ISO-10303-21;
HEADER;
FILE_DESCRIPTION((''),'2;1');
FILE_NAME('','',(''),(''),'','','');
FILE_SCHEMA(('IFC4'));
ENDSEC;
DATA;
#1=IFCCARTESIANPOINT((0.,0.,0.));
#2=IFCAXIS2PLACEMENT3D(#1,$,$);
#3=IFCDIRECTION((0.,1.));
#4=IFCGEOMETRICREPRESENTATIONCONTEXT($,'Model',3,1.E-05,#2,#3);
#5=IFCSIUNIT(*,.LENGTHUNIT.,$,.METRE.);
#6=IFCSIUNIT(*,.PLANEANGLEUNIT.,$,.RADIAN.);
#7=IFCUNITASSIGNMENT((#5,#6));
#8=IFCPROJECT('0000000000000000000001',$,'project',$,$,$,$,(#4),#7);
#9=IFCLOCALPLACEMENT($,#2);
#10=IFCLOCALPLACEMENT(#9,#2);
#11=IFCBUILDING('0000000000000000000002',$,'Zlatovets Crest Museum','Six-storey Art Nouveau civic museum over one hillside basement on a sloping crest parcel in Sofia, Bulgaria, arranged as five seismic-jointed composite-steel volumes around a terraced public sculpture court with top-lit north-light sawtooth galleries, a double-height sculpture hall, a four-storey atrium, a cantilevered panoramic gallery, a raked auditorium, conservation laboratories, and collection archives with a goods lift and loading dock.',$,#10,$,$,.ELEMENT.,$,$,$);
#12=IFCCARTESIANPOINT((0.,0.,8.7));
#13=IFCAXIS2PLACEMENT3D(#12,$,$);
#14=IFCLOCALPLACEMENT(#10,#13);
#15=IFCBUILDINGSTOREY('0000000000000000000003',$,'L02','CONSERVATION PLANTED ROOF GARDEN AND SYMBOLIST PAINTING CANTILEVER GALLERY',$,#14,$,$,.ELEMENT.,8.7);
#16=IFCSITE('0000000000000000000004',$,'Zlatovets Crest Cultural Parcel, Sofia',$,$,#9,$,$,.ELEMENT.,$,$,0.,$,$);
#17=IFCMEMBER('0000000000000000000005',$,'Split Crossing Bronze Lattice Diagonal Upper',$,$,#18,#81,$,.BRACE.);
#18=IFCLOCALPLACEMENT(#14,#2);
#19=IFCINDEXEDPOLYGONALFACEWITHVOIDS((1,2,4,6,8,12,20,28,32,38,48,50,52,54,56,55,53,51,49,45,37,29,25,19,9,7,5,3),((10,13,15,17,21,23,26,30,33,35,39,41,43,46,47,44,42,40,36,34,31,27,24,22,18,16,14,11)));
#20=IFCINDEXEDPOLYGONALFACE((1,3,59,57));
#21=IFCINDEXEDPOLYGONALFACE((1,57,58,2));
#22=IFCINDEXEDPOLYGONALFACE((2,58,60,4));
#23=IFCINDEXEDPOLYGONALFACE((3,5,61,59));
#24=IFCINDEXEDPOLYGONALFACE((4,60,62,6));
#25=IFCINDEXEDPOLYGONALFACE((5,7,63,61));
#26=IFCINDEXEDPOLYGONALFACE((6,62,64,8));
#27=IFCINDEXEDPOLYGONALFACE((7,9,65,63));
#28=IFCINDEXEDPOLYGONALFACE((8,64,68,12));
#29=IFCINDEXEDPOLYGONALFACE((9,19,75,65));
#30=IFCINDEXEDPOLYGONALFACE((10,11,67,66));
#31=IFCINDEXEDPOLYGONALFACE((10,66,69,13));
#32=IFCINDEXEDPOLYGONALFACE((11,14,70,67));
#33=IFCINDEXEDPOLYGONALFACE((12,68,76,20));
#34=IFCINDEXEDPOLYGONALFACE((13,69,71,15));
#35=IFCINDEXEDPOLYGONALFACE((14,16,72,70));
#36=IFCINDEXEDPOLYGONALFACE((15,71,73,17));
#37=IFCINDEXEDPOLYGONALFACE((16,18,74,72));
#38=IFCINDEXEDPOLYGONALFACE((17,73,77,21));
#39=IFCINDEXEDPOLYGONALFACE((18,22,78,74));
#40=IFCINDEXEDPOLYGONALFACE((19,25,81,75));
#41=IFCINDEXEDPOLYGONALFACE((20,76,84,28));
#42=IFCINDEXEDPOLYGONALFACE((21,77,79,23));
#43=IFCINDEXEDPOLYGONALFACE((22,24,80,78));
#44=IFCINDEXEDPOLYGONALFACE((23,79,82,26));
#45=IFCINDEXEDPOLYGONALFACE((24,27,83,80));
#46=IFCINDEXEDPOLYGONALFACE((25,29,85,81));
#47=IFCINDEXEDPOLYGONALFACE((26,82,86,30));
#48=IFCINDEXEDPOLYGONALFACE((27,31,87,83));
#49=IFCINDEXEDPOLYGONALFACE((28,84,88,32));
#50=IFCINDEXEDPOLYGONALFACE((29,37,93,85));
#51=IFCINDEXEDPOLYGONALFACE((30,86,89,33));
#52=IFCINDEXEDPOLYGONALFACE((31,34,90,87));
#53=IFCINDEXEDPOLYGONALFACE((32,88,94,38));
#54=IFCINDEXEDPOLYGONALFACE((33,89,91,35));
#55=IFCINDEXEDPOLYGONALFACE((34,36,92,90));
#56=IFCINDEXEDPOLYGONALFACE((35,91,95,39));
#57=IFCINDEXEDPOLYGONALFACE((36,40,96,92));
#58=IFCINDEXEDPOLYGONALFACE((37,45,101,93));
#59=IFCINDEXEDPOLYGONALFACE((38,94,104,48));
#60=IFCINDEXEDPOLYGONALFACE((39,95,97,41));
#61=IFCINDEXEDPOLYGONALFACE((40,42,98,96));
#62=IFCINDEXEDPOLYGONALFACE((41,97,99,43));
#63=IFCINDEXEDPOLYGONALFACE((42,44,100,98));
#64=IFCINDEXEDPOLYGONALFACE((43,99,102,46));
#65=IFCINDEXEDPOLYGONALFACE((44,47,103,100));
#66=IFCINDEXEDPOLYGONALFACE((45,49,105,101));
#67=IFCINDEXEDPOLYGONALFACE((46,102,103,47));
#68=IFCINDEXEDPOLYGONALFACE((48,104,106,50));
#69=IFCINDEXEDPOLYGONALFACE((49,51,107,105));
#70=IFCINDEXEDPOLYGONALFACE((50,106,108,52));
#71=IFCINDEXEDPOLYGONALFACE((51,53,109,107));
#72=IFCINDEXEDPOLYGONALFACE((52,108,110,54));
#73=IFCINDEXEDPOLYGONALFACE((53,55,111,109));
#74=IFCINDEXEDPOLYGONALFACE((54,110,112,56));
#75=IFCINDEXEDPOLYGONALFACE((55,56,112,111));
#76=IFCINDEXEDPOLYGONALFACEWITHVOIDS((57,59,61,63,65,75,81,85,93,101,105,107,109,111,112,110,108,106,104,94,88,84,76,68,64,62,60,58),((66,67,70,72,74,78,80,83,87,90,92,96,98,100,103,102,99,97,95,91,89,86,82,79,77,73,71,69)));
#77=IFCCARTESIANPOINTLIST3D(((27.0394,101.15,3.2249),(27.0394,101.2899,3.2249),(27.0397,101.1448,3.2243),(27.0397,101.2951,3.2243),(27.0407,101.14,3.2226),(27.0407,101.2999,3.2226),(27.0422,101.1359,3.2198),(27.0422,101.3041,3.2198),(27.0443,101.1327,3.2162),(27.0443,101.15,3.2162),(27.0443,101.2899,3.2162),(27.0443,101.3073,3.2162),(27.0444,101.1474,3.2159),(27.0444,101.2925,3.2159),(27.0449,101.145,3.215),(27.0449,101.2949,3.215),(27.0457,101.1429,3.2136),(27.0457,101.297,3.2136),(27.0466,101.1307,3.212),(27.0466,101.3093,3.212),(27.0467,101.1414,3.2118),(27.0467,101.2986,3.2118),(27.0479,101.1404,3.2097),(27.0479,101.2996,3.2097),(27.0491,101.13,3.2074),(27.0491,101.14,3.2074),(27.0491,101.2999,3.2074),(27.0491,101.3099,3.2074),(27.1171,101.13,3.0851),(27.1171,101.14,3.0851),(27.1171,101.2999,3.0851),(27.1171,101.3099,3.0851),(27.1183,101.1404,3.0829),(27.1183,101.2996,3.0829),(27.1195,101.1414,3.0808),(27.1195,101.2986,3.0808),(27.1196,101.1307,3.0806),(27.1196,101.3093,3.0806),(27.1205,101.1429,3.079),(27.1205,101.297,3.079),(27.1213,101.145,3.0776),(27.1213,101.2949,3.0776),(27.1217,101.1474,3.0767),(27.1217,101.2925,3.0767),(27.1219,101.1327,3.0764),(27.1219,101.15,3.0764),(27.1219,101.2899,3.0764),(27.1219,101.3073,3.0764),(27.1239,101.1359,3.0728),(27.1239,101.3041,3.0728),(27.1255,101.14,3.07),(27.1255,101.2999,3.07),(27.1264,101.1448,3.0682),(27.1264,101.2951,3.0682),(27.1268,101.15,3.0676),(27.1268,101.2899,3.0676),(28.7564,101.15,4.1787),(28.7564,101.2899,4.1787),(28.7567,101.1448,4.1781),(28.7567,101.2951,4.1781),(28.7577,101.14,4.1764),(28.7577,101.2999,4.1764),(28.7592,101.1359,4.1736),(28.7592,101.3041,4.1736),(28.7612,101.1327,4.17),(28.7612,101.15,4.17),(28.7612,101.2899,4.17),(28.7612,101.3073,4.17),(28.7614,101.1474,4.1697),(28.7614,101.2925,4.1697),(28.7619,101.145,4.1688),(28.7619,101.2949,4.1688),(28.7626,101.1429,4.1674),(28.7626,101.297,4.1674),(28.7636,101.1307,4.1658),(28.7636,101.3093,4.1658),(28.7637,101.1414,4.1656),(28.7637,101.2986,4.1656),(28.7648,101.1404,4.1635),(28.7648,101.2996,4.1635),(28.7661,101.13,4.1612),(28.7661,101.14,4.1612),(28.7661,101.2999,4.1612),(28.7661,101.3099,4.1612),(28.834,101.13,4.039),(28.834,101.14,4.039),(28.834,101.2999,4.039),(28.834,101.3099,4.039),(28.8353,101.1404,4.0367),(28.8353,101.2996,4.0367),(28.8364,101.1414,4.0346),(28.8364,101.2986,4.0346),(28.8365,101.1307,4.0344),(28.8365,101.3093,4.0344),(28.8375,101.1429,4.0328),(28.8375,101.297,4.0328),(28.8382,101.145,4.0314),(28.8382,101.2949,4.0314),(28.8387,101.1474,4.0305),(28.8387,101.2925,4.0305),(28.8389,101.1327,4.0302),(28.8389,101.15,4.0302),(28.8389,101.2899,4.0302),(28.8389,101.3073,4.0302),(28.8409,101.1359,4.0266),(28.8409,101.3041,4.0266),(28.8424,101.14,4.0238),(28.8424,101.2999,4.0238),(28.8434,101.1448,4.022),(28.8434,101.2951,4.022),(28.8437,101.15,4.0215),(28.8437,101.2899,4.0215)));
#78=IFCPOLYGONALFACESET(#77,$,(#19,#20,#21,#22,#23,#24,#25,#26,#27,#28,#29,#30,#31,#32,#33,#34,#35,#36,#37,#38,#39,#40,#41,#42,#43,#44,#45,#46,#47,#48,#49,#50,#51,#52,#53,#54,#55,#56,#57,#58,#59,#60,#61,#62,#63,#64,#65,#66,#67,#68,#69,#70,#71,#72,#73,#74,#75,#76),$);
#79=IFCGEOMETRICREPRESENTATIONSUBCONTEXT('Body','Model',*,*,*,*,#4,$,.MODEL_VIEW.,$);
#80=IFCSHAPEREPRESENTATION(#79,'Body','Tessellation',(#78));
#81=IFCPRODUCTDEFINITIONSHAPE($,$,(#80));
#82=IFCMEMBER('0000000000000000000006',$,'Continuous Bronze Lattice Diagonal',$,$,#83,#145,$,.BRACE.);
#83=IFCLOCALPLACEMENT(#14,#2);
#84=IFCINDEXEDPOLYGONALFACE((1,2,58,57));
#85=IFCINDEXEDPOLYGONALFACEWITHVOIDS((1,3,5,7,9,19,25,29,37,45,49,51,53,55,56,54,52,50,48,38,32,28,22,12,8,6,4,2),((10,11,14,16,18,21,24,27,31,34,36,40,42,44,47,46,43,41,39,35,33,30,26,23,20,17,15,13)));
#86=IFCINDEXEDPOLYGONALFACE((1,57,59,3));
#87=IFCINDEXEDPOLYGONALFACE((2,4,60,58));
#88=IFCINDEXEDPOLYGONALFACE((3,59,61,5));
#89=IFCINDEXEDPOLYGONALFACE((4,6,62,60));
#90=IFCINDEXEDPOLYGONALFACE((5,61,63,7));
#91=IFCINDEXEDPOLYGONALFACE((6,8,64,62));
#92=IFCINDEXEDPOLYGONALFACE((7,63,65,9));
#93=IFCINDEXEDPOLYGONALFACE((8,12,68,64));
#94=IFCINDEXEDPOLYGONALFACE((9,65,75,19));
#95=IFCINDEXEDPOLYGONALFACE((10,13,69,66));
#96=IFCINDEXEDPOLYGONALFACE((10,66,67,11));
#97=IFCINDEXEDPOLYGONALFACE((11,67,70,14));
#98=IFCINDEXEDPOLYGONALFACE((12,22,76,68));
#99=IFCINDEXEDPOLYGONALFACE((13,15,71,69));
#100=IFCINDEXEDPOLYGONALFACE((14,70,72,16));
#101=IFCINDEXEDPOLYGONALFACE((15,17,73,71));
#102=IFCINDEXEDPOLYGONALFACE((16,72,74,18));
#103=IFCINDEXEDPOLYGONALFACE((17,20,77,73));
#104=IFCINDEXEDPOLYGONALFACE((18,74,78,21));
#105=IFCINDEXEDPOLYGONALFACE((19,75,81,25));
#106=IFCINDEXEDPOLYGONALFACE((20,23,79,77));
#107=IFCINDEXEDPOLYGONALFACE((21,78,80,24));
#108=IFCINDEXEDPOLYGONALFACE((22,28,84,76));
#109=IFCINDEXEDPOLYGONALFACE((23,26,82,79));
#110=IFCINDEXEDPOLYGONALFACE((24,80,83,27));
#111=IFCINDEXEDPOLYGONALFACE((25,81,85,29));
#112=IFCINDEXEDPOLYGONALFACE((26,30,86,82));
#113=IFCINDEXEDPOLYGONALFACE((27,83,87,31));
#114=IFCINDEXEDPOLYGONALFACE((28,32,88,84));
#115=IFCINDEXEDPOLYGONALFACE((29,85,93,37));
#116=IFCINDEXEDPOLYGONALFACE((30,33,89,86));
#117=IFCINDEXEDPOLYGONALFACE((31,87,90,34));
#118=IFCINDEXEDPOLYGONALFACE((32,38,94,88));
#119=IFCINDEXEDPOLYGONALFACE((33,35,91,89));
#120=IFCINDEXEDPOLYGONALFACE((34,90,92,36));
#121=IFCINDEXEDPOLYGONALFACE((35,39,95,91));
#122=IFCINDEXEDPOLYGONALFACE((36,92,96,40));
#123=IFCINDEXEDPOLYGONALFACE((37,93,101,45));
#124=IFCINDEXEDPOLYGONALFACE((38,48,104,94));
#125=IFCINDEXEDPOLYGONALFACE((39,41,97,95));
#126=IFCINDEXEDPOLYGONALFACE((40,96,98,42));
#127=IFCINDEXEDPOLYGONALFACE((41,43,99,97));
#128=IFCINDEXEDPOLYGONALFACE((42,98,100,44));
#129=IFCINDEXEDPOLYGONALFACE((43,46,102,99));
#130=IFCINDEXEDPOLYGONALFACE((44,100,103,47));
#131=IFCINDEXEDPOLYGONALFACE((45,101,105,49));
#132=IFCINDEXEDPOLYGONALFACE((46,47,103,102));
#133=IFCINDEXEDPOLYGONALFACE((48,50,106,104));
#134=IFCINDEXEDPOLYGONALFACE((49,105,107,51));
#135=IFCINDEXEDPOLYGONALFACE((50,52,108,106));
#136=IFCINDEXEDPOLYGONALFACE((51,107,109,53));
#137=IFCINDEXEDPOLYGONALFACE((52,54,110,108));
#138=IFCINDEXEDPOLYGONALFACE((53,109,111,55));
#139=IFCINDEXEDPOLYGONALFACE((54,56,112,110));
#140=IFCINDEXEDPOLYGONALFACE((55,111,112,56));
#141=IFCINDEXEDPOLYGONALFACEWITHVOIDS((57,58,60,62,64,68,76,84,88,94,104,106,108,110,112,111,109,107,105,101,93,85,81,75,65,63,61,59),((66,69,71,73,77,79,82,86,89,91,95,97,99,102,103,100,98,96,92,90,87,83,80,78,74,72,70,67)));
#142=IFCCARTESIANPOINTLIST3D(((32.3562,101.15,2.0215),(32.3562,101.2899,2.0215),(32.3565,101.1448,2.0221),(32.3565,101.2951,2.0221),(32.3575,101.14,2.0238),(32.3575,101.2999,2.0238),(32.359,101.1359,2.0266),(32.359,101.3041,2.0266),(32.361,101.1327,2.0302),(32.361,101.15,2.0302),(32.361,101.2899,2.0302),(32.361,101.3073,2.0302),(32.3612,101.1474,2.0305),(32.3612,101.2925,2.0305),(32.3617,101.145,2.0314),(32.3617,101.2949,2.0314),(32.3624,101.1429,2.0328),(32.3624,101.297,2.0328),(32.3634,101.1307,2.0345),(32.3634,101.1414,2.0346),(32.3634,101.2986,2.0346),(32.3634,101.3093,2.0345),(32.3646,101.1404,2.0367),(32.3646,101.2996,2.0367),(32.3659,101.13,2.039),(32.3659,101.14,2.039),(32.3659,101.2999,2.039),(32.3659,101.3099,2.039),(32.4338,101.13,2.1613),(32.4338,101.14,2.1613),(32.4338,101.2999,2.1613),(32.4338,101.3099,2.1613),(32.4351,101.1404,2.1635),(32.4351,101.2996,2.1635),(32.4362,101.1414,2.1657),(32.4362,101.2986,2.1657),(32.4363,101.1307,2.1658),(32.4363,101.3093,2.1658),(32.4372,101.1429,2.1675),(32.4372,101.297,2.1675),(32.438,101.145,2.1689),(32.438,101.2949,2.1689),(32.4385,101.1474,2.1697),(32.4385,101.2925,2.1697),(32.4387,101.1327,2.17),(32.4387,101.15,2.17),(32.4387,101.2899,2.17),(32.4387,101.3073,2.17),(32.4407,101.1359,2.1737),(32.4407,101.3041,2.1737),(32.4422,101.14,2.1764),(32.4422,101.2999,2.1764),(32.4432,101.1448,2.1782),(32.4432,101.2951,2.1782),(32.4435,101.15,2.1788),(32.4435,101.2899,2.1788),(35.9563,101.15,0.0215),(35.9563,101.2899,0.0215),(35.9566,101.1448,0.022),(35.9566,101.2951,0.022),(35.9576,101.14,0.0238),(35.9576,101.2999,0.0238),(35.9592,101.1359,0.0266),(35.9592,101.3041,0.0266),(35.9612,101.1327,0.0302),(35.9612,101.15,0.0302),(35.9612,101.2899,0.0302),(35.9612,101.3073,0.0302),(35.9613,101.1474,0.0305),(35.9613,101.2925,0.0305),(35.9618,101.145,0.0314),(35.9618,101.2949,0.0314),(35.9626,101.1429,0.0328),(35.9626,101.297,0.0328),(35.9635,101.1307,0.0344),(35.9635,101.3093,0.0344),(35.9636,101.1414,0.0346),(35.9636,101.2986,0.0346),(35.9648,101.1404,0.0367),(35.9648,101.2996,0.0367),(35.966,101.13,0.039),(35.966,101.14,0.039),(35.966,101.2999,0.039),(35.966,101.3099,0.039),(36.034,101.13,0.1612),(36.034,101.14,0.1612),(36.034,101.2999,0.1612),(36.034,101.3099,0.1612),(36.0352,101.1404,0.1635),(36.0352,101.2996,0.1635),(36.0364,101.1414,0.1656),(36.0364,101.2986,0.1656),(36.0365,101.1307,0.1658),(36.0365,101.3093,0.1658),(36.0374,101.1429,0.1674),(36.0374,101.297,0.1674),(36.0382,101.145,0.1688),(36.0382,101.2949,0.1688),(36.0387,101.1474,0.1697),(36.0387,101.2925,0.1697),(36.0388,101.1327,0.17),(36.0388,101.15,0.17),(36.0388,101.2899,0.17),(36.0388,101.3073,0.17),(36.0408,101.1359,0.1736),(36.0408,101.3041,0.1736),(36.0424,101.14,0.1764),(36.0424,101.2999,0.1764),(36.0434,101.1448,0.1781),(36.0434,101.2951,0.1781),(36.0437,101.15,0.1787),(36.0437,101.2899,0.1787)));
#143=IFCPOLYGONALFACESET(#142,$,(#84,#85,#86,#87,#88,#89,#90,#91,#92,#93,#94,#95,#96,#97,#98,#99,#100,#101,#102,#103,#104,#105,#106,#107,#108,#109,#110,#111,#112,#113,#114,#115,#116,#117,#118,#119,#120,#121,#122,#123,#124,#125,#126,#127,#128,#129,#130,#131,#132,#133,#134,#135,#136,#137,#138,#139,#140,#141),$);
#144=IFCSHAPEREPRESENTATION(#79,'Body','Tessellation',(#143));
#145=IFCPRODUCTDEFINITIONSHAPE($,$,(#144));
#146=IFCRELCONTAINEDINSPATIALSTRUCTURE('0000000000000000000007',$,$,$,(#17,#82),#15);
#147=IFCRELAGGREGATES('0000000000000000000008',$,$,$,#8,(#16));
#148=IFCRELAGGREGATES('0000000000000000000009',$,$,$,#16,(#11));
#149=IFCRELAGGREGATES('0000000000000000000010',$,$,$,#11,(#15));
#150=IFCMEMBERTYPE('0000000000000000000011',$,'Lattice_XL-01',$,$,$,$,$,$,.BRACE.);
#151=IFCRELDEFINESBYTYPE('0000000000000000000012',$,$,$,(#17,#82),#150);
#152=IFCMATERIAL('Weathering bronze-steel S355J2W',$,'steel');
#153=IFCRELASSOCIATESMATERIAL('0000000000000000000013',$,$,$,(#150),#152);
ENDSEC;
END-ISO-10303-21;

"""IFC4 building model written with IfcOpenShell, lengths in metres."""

from ifc_helpers import new_model, si_unit, direction, frame, origin, origin_2d, place, context, subcontext, project, spatial, hollow_rectangle, extrude, material, material_profile, profile_set, type_object, element, save


model = new_model("IFC4")

# Units and contexts
model_context = context("Model", 3, precision=1e-05, world=origin(), true_north=direction((0.0, 1.0)))
body_context = subcontext(model_context, "Body", "Model", "MODEL_VIEW")
ifc_project = project(units=[si_unit("LENGTHUNIT", "METRE"), si_unit("PLANEANGLEUNIT", "RADIAN")], contexts=[model_context])

# Site, building, storey
site_placement = place(None, origin())
site = spatial("IfcSite", under=ifc_project, at=site_placement, Name="Zlatovets Crest Cultural Parcel, Sofia", CompositionType="ELEMENT", RefElevation=0.0)
building_placement = place(site_placement, origin())
building = spatial("IfcBuilding", under=site, at=building_placement, Name="Zlatovets Crest Museum", Description="Six-storey Art Nouveau civic museum over one hillside basement on a sloping crest parcel in Sofia, Bulgaria, arranged as five seismic-jointed composite-steel volumes around a terraced public sculpture court with top-lit north-light sawtooth galleries, a double-height sculpture hall, a four-storey atrium, a cantilevered panoramic gallery, a raked auditorium, conservation laboratories, and collection archives with a goods lift and loading dock.", CompositionType="ELEMENT")
storey_placement = place(building_placement, frame((0.0, 0.0, 8.7)))
storey = spatial("IfcBuildingStorey", under=building, at=storey_placement, Name="L02", Description="CONSERVATION PLANTED ROOF GARDEN AND SYMBOLIST PAINTING CANTILEVER GALLERY", CompositionType="ELEMENT", Elevation=8.7)

# Members
ifc_material_1 = material(Name="Weathering bronze-steel S355J2W", Category="steel")
ifc_material_profile_1 = material_profile(ifc_material_1, hollow_rectangle(XDim=0.1799, YDim=0.1799, WallThickness=0.01, InnerFilletRadius=0.01, OuterFilletRadius=0.02, at=origin_2d()), Name="SHS 180x180x10.0")
ifc_profile_set_1 = profile_set([ifc_material_profile_1], Name="Weathering bronze-steel S355J2W")
member_type_1 = type_object("IfcMemberType", Name="Lattice_XL-01", PredefinedType="BRACE", material=ifc_profile_set_1)
member_1_placement = place(storey_placement, frame((28.8, 101.22, 4.1001), z_axis=(-0.874169, 0.0, -0.485622), x_axis=(0.0, -1.0, 0.0)))
element("IfcMember", 1, at=member_1_placement, inside=storey, type_object=member_type_1, Name="Split Crossing Bronze Lattice Diagonal Upper", PredefinedType="BRACE", context=body_context, shape_type="SweptSolid", body=[
    extrude(hollow_rectangle(XDim=0.1799, YDim=0.1799, WallThickness=0.01, InnerFilletRadius=0.01, OuterFilletRadius=0.02, at=origin_2d()), origin(), (0.0, 0.0, 1.0), 1.9641),
])
member_2_placement = place(storey_placement, frame((36.0, 101.22, 0.1001), z_axis=(-0.874163, 0.0, 0.485633), x_axis=(0.0, -1.0, 0.0)))
element("IfcMember", 2, at=member_2_placement, inside=storey, type_object=member_type_1, Name="Continuous Bronze Lattice Diagonal", PredefinedType="BRACE", context=body_context, shape_type="SweptSolid", body=[
    extrude(hollow_rectangle(XDim=0.1799, YDim=0.1799, WallThickness=0.01, InnerFilletRadius=0.01, OuterFilletRadius=0.02, at=origin_2d()), origin(), (0.0, 0.0, 1.0), 4.1184),
])

save(model, "model.ifc")
